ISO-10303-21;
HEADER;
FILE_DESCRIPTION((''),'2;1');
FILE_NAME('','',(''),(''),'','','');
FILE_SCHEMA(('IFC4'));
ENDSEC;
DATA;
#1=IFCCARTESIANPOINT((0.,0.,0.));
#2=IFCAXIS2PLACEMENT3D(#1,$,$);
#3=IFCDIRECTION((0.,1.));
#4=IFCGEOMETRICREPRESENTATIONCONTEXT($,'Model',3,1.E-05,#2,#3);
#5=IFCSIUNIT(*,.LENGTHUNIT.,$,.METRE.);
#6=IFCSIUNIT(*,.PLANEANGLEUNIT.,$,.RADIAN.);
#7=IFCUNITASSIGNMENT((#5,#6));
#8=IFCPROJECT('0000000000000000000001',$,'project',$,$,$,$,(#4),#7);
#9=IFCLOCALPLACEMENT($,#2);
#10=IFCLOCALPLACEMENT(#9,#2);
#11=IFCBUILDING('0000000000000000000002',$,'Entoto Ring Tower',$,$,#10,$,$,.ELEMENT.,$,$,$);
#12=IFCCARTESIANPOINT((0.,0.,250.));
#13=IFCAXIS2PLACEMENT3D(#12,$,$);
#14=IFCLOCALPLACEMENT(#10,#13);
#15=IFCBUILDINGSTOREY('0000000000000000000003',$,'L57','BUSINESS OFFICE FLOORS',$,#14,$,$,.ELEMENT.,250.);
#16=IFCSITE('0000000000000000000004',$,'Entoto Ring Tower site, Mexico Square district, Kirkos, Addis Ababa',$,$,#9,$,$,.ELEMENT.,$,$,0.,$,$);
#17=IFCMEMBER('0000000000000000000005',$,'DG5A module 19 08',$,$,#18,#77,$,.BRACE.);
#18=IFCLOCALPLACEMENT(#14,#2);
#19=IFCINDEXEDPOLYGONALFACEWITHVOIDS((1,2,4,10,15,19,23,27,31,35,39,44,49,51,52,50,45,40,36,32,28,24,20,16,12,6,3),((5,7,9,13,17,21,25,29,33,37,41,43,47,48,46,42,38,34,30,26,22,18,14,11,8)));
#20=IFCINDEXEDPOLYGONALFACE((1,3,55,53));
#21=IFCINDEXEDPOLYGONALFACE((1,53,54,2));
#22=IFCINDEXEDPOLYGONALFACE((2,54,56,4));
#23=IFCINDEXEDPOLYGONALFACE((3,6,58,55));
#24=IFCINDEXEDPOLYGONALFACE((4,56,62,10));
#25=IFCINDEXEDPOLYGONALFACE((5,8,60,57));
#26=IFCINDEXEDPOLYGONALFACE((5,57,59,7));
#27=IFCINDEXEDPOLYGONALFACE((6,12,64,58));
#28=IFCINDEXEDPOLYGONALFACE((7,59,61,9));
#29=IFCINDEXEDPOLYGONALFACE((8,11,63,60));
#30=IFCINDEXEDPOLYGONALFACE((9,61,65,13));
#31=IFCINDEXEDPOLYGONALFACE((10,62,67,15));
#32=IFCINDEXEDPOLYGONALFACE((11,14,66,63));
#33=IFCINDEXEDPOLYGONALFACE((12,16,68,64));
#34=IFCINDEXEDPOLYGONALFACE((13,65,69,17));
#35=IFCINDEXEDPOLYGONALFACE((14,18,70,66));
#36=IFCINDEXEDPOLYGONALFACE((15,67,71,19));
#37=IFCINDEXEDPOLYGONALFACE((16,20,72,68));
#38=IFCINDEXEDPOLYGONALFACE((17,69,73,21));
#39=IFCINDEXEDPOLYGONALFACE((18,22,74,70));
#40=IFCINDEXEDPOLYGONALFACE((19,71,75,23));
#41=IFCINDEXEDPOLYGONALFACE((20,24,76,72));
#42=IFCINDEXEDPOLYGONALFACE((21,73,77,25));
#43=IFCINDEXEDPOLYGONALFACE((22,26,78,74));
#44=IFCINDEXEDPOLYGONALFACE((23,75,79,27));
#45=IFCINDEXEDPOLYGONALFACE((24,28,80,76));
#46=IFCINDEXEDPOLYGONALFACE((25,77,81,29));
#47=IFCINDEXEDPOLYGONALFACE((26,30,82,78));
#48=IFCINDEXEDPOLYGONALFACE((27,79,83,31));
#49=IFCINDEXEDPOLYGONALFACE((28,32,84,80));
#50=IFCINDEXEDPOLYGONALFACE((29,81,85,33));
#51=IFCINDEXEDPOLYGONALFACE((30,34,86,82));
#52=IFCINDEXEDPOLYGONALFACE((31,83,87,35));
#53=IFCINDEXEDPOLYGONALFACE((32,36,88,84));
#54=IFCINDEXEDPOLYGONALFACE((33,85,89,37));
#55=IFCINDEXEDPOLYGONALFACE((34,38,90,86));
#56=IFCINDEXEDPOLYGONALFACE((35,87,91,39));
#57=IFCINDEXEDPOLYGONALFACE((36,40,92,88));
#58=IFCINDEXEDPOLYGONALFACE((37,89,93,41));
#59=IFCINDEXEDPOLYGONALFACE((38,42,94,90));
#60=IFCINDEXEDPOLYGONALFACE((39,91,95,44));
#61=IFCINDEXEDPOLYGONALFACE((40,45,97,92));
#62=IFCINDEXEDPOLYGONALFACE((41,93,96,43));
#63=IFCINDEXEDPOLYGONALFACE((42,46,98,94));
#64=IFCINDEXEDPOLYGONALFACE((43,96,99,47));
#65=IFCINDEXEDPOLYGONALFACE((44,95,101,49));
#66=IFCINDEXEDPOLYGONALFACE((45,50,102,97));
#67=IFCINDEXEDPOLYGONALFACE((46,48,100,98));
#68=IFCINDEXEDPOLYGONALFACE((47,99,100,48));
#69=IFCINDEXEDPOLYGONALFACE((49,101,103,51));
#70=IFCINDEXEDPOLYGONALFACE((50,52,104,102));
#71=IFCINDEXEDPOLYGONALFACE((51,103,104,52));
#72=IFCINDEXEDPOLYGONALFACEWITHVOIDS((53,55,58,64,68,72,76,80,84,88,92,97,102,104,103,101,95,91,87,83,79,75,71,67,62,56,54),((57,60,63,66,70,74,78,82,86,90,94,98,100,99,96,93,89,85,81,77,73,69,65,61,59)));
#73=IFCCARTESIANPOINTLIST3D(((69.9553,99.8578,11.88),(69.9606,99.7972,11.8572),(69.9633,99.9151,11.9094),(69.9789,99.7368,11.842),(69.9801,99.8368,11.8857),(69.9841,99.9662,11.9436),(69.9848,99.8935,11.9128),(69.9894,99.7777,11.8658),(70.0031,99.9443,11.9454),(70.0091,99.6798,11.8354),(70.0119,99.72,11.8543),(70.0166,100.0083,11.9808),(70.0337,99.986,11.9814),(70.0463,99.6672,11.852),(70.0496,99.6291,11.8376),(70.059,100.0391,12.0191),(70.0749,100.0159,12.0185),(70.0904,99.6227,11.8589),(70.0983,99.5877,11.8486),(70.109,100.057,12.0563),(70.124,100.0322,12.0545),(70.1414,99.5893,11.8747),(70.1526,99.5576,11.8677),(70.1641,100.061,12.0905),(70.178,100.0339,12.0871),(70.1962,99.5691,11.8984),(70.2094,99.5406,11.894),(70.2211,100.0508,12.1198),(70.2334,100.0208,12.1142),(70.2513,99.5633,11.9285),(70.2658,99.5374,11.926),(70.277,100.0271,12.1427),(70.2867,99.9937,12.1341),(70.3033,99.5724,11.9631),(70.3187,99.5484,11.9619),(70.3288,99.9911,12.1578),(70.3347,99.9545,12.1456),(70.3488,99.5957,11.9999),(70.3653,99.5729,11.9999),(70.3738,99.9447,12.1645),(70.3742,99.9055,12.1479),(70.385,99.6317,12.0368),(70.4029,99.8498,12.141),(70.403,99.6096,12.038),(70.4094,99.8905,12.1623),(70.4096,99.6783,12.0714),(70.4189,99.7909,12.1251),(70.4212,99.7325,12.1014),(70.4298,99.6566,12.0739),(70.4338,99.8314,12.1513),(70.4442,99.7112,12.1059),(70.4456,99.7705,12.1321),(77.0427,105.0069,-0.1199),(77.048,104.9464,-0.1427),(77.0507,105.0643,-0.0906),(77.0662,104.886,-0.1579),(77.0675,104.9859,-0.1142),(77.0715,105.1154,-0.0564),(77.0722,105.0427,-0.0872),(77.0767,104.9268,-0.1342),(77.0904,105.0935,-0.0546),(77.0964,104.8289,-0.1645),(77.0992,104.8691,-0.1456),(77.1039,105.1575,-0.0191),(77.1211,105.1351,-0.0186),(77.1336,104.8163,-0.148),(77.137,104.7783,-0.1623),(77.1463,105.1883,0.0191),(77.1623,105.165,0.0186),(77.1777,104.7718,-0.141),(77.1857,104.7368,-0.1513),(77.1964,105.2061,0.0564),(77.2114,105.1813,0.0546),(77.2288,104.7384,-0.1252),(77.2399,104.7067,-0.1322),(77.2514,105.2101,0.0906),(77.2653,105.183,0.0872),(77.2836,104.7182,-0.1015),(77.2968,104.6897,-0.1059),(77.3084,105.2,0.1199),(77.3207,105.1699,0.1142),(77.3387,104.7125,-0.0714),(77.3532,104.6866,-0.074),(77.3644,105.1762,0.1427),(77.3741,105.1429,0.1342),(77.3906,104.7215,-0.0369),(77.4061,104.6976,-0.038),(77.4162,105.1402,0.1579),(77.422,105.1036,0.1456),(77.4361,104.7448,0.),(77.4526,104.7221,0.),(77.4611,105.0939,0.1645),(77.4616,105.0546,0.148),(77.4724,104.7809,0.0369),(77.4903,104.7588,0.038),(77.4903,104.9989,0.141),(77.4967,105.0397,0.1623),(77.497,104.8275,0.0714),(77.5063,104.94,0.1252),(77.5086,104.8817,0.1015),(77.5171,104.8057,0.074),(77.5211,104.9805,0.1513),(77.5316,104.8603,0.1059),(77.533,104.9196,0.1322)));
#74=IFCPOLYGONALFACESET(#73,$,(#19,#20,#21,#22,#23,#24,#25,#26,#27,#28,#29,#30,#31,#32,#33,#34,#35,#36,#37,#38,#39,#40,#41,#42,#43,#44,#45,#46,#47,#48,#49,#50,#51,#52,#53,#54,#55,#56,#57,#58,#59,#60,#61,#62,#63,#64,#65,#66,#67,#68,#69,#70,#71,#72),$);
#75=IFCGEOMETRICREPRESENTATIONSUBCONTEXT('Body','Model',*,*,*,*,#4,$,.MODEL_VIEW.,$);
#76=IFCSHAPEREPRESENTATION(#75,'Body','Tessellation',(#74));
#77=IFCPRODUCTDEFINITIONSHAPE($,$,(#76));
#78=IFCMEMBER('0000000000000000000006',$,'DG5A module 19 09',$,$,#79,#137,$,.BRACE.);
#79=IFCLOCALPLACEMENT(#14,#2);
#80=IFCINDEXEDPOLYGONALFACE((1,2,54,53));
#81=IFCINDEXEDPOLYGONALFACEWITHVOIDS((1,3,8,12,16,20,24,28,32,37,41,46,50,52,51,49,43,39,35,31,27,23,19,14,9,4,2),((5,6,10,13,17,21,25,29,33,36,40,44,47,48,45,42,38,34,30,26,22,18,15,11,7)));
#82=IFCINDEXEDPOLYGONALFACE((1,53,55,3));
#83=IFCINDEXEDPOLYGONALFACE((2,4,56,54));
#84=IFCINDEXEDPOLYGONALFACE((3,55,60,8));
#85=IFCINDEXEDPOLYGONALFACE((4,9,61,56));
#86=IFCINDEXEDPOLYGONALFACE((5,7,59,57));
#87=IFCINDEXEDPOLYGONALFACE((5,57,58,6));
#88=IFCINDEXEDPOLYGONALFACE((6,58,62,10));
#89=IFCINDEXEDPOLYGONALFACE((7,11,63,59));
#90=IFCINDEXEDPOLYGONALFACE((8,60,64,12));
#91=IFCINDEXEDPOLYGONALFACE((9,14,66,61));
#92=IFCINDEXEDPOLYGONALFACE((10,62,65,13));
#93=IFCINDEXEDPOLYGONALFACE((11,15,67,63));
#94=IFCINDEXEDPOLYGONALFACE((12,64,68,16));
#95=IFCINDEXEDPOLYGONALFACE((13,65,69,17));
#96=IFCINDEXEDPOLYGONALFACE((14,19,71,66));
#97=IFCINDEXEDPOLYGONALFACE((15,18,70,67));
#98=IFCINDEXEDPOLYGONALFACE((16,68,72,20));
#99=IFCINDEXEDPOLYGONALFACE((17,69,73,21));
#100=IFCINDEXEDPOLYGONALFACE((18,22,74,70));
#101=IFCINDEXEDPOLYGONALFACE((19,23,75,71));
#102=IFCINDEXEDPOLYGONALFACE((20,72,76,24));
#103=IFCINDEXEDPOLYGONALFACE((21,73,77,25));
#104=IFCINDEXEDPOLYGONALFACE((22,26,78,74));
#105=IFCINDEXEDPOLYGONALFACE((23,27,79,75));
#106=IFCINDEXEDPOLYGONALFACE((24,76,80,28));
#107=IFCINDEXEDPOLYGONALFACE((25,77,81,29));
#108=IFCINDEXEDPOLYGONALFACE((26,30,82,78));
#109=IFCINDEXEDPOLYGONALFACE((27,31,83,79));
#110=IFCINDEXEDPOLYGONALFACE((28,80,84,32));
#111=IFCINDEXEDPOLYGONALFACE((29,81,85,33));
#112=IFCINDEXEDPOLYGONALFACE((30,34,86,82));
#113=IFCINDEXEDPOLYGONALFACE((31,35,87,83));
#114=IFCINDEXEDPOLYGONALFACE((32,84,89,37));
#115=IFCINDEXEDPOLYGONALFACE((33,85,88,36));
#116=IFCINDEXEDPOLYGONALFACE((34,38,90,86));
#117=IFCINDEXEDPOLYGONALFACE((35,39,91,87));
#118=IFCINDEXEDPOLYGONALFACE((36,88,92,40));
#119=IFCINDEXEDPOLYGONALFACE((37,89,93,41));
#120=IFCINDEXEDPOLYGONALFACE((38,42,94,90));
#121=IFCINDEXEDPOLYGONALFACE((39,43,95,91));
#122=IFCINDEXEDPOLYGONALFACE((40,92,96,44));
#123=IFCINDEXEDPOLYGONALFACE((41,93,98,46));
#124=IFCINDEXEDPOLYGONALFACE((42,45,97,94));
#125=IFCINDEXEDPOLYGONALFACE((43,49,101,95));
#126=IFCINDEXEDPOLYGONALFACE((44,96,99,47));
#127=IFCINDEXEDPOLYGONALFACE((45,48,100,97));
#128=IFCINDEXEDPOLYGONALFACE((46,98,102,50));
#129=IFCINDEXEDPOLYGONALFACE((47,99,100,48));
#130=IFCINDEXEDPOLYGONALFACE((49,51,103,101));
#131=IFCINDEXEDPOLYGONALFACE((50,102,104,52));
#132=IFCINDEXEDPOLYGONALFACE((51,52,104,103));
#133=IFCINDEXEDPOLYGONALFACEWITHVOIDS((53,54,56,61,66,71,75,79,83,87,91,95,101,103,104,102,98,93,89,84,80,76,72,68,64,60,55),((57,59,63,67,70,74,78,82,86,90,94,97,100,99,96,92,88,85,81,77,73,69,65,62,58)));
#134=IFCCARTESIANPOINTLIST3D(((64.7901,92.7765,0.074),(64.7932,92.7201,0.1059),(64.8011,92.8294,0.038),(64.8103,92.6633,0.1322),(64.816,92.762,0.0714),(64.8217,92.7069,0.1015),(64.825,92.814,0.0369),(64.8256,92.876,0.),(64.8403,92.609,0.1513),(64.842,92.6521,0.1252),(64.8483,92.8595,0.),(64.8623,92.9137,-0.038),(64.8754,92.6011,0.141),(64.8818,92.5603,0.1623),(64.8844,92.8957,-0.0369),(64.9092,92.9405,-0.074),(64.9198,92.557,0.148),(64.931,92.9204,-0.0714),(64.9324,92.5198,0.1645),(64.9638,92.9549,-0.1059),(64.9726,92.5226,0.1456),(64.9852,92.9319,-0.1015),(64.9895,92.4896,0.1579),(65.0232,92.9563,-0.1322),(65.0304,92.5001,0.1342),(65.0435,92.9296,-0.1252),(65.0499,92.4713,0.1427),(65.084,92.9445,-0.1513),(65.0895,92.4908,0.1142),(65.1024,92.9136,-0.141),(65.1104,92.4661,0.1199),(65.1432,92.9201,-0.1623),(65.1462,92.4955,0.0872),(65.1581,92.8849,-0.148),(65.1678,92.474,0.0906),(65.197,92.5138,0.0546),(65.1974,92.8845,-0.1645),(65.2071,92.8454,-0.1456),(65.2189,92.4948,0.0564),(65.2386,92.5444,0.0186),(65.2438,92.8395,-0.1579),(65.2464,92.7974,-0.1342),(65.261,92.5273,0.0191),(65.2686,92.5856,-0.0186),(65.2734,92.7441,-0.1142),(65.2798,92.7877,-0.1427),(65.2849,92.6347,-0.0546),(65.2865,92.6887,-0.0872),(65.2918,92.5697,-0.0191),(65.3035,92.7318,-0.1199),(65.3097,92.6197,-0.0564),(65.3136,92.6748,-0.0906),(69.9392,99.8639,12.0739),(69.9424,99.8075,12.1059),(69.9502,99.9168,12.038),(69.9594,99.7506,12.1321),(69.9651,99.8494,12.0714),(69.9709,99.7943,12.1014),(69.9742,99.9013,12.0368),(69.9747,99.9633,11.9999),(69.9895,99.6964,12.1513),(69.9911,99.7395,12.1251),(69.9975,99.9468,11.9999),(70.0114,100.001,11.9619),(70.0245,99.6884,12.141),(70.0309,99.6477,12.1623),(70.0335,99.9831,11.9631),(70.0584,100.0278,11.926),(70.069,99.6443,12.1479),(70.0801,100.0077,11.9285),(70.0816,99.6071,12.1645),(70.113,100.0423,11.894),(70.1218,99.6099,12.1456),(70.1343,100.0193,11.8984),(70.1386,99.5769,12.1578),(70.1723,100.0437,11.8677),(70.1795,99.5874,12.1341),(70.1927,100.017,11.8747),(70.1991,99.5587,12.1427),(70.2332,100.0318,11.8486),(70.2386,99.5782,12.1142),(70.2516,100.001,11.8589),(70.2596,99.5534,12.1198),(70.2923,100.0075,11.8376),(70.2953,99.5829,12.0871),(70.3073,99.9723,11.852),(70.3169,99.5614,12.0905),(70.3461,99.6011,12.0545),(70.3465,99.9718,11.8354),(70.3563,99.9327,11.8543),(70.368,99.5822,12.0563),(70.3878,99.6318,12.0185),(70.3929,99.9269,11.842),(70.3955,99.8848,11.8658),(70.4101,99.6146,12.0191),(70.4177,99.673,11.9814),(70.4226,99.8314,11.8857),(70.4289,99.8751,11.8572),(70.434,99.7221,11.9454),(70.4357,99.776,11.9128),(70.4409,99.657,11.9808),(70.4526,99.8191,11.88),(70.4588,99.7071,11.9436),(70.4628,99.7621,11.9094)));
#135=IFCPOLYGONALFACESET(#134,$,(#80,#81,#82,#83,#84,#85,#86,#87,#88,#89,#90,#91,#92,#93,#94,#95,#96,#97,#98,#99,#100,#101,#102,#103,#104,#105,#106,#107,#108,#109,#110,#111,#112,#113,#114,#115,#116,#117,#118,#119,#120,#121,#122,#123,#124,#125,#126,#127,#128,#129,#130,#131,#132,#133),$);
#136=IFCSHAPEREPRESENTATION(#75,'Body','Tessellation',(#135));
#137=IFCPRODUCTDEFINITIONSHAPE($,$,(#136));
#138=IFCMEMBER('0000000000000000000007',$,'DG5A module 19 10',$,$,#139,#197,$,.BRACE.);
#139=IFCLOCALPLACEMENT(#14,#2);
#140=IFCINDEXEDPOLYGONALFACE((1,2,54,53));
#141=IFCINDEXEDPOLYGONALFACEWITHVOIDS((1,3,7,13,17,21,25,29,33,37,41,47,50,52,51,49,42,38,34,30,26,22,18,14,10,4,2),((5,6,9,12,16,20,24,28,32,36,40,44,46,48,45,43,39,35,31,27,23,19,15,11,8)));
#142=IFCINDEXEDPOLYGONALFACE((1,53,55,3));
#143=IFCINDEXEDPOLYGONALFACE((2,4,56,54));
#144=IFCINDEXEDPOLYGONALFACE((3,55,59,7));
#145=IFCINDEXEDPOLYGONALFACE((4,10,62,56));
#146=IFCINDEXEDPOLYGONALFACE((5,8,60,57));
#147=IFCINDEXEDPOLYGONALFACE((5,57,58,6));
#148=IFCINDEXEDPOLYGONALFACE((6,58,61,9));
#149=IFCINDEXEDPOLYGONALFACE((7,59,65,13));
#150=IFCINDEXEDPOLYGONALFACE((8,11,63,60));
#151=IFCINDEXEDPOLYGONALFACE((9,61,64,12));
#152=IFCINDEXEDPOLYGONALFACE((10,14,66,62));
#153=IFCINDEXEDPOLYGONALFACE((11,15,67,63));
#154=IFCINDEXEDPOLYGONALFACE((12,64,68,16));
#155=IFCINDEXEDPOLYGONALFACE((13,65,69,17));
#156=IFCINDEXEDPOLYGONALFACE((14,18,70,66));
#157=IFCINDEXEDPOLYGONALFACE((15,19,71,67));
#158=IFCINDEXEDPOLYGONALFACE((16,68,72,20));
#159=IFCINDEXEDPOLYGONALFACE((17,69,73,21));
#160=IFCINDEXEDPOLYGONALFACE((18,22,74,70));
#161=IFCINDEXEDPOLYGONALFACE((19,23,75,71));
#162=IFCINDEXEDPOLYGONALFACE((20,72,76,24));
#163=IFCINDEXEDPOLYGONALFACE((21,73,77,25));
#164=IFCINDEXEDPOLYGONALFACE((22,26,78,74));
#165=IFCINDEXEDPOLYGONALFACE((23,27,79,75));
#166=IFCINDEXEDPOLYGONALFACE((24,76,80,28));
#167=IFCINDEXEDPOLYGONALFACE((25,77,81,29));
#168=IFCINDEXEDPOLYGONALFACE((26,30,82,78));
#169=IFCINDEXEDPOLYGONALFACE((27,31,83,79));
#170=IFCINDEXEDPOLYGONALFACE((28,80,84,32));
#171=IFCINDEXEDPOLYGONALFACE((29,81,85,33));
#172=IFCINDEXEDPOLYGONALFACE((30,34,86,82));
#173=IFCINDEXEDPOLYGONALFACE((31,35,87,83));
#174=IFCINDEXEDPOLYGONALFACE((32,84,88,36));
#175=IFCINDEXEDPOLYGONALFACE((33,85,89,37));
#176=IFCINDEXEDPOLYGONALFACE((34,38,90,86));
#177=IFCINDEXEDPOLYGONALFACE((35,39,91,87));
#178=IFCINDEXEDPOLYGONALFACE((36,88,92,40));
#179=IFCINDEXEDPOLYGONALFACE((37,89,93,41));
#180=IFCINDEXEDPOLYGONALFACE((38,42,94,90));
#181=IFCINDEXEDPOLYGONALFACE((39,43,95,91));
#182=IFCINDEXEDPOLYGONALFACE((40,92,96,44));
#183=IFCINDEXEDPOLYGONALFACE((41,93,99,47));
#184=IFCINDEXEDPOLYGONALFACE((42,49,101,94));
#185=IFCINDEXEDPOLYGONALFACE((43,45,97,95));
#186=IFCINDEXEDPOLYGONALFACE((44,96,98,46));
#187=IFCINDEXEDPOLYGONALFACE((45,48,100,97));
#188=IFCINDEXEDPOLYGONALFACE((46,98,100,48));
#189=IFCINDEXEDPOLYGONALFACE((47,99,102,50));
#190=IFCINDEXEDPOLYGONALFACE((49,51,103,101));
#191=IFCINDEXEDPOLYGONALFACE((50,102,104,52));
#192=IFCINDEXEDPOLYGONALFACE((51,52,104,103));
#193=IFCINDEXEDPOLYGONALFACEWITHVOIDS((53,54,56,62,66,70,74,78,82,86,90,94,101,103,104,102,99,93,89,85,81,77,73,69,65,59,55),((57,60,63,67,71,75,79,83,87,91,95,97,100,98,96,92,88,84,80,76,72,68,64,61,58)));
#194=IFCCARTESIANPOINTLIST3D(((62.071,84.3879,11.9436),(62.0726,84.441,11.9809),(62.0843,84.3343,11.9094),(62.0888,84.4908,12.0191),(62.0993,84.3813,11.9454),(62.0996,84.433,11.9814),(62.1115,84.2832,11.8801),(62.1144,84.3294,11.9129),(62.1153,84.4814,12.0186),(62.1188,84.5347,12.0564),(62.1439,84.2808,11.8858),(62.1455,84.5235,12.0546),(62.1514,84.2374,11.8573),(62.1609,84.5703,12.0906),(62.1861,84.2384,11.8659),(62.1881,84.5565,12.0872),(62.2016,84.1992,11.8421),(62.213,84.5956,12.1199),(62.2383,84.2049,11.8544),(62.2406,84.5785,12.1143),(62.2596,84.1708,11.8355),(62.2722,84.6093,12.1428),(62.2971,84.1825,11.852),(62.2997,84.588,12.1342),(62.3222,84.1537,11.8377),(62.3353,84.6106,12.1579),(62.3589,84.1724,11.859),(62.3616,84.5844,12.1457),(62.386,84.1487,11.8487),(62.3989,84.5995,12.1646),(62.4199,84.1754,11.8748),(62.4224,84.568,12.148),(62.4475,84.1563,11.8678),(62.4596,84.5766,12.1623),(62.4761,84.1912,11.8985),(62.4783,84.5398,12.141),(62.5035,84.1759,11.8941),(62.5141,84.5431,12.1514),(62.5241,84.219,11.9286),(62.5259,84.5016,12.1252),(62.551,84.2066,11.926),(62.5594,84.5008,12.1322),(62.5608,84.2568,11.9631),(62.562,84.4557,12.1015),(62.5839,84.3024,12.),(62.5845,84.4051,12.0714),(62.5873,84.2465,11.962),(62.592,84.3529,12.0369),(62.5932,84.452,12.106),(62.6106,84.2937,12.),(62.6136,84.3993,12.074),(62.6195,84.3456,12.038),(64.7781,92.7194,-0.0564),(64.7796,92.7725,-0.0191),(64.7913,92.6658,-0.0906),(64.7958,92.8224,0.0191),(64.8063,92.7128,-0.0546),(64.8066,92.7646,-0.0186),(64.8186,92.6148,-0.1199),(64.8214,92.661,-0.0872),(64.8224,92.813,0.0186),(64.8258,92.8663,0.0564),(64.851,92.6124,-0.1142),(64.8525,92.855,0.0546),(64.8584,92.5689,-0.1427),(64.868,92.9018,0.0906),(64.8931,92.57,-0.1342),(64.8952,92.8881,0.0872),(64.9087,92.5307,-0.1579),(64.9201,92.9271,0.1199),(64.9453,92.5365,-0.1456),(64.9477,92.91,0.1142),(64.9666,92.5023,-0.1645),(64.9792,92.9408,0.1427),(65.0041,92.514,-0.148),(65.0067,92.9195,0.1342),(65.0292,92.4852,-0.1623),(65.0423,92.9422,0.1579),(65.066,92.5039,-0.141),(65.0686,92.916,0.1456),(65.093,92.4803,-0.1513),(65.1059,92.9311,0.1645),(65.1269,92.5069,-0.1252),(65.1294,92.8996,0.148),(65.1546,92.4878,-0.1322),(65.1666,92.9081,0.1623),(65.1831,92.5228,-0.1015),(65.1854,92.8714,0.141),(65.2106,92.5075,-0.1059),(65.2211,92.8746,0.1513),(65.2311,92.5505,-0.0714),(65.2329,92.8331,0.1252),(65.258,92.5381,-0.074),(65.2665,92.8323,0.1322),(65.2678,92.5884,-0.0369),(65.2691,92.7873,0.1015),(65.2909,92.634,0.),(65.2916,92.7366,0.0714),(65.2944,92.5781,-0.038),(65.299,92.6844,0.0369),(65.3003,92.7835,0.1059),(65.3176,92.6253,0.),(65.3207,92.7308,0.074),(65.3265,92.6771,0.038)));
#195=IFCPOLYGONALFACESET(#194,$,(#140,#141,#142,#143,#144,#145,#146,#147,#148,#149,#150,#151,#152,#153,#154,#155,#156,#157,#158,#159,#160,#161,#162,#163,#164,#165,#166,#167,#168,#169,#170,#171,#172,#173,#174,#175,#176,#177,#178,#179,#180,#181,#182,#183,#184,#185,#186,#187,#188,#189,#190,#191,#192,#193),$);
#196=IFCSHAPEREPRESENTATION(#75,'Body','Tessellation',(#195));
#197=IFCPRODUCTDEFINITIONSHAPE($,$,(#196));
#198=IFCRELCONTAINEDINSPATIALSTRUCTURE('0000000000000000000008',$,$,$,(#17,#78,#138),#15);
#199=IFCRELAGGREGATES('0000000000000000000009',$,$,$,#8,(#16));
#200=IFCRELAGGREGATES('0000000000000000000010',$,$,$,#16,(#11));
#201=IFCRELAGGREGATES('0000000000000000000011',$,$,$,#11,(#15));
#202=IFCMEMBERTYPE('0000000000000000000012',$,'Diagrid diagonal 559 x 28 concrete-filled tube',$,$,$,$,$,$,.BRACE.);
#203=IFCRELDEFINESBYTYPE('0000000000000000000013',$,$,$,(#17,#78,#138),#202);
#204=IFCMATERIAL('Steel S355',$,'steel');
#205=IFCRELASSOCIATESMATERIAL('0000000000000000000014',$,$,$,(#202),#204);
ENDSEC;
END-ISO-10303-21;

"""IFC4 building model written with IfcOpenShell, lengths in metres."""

from ifc_helpers import new_model, si_unit, direction, frame, origin, origin_2d, place, context, subcontext, project, spatial, circle, hollow_circle, extrude, material, material_profile, profile_set, type_object, element, save


model = new_model("IFC4")

# Units and contexts
model_context = context("Model", 3, precision=1e-05, world=origin(), true_north=direction((0.0, 1.0)))
body_context = subcontext(model_context, "Body", "Model", "MODEL_VIEW")
ifc_project = project(units=[si_unit("LENGTHUNIT", "METRE"), si_unit("PLANEANGLEUNIT", "RADIAN")], contexts=[model_context])

# Site, building, storey
site_placement = place(None, origin())
site = spatial("IfcSite", under=ifc_project, at=site_placement, Name="Entoto Ring Tower site, Mexico Square district, Kirkos, Addis Ababa", CompositionType="ELEMENT", RefElevation=0.0)
building_placement = place(site_placement, origin())
building = spatial("IfcBuilding", under=site, at=building_placement, Name="Entoto Ring Tower", CompositionType="ELEMENT")
storey_placement = place(building_placement, frame((0.0, 0.0, 250.0)))
storey = spatial("IfcBuildingStorey", under=building, at=storey_placement, Name="L57", Description="BUSINESS OFFICE FLOORS", CompositionType="ELEMENT", Elevation=250.0)

# Members
ifc_material_1 = material(Name="Steel S355", Category="steel")
ifc_material_profile_1 = material_profile(ifc_material_1, hollow_circle(Radius=0.2795, WallThickness=0.0281, at=origin_2d()), Name="CHS 559 x 28")
ifc_material_2 = material(Name="Concrete C60/75", Category="concrete")
ifc_material_profile_2 = material_profile(ifc_material_2, circle(Radius=0.2515, at=origin_2d()), Name="Concrete C60/75 infill")
ifc_profile_set_1 = profile_set([ifc_material_profile_1, ifc_material_profile_2], Name="Steel S355")
member_type_1 = type_object("IfcMemberType", Name="Diagrid diagonal 559 x 28 concrete-filled tube", PredefinedType="BRACE", material=ifc_profile_set_1)
for number, where, z_axis, x_axis, name in (
    (1, (77.2883, 104.9482, 0.0), (-0.477025, -0.34657, 0.807673), (0.587776, -0.809024, 0.0), "DG5A module 19 08"),
    (2, (65.0518, 92.7117, 0.0), (0.34657, 0.477025, 0.807673), (-0.809024, 0.587776, 0.0), "DG5A module 19 09"),
    (3, (65.0518, 92.7117, 0.0), (-0.182201, -0.560767, 0.807678), (0.951058, -0.309012, 0.0), "DG5A module 19 10"),
):
    element("IfcMember", number, at=place(storey_placement, frame(where, z_axis=z_axis, x_axis=x_axis)), inside=storey, type_object=member_type_1, Name=name, PredefinedType="BRACE", context=body_context, shape_type="SweptSolid", body=[
        extrude(hollow_circle(Radius=0.2795, WallThickness=0.0281, at=origin_2d()), origin(), (0.0, 0.0, 1.0), 14.8574),
    ])

save(model, "model.ifc")
